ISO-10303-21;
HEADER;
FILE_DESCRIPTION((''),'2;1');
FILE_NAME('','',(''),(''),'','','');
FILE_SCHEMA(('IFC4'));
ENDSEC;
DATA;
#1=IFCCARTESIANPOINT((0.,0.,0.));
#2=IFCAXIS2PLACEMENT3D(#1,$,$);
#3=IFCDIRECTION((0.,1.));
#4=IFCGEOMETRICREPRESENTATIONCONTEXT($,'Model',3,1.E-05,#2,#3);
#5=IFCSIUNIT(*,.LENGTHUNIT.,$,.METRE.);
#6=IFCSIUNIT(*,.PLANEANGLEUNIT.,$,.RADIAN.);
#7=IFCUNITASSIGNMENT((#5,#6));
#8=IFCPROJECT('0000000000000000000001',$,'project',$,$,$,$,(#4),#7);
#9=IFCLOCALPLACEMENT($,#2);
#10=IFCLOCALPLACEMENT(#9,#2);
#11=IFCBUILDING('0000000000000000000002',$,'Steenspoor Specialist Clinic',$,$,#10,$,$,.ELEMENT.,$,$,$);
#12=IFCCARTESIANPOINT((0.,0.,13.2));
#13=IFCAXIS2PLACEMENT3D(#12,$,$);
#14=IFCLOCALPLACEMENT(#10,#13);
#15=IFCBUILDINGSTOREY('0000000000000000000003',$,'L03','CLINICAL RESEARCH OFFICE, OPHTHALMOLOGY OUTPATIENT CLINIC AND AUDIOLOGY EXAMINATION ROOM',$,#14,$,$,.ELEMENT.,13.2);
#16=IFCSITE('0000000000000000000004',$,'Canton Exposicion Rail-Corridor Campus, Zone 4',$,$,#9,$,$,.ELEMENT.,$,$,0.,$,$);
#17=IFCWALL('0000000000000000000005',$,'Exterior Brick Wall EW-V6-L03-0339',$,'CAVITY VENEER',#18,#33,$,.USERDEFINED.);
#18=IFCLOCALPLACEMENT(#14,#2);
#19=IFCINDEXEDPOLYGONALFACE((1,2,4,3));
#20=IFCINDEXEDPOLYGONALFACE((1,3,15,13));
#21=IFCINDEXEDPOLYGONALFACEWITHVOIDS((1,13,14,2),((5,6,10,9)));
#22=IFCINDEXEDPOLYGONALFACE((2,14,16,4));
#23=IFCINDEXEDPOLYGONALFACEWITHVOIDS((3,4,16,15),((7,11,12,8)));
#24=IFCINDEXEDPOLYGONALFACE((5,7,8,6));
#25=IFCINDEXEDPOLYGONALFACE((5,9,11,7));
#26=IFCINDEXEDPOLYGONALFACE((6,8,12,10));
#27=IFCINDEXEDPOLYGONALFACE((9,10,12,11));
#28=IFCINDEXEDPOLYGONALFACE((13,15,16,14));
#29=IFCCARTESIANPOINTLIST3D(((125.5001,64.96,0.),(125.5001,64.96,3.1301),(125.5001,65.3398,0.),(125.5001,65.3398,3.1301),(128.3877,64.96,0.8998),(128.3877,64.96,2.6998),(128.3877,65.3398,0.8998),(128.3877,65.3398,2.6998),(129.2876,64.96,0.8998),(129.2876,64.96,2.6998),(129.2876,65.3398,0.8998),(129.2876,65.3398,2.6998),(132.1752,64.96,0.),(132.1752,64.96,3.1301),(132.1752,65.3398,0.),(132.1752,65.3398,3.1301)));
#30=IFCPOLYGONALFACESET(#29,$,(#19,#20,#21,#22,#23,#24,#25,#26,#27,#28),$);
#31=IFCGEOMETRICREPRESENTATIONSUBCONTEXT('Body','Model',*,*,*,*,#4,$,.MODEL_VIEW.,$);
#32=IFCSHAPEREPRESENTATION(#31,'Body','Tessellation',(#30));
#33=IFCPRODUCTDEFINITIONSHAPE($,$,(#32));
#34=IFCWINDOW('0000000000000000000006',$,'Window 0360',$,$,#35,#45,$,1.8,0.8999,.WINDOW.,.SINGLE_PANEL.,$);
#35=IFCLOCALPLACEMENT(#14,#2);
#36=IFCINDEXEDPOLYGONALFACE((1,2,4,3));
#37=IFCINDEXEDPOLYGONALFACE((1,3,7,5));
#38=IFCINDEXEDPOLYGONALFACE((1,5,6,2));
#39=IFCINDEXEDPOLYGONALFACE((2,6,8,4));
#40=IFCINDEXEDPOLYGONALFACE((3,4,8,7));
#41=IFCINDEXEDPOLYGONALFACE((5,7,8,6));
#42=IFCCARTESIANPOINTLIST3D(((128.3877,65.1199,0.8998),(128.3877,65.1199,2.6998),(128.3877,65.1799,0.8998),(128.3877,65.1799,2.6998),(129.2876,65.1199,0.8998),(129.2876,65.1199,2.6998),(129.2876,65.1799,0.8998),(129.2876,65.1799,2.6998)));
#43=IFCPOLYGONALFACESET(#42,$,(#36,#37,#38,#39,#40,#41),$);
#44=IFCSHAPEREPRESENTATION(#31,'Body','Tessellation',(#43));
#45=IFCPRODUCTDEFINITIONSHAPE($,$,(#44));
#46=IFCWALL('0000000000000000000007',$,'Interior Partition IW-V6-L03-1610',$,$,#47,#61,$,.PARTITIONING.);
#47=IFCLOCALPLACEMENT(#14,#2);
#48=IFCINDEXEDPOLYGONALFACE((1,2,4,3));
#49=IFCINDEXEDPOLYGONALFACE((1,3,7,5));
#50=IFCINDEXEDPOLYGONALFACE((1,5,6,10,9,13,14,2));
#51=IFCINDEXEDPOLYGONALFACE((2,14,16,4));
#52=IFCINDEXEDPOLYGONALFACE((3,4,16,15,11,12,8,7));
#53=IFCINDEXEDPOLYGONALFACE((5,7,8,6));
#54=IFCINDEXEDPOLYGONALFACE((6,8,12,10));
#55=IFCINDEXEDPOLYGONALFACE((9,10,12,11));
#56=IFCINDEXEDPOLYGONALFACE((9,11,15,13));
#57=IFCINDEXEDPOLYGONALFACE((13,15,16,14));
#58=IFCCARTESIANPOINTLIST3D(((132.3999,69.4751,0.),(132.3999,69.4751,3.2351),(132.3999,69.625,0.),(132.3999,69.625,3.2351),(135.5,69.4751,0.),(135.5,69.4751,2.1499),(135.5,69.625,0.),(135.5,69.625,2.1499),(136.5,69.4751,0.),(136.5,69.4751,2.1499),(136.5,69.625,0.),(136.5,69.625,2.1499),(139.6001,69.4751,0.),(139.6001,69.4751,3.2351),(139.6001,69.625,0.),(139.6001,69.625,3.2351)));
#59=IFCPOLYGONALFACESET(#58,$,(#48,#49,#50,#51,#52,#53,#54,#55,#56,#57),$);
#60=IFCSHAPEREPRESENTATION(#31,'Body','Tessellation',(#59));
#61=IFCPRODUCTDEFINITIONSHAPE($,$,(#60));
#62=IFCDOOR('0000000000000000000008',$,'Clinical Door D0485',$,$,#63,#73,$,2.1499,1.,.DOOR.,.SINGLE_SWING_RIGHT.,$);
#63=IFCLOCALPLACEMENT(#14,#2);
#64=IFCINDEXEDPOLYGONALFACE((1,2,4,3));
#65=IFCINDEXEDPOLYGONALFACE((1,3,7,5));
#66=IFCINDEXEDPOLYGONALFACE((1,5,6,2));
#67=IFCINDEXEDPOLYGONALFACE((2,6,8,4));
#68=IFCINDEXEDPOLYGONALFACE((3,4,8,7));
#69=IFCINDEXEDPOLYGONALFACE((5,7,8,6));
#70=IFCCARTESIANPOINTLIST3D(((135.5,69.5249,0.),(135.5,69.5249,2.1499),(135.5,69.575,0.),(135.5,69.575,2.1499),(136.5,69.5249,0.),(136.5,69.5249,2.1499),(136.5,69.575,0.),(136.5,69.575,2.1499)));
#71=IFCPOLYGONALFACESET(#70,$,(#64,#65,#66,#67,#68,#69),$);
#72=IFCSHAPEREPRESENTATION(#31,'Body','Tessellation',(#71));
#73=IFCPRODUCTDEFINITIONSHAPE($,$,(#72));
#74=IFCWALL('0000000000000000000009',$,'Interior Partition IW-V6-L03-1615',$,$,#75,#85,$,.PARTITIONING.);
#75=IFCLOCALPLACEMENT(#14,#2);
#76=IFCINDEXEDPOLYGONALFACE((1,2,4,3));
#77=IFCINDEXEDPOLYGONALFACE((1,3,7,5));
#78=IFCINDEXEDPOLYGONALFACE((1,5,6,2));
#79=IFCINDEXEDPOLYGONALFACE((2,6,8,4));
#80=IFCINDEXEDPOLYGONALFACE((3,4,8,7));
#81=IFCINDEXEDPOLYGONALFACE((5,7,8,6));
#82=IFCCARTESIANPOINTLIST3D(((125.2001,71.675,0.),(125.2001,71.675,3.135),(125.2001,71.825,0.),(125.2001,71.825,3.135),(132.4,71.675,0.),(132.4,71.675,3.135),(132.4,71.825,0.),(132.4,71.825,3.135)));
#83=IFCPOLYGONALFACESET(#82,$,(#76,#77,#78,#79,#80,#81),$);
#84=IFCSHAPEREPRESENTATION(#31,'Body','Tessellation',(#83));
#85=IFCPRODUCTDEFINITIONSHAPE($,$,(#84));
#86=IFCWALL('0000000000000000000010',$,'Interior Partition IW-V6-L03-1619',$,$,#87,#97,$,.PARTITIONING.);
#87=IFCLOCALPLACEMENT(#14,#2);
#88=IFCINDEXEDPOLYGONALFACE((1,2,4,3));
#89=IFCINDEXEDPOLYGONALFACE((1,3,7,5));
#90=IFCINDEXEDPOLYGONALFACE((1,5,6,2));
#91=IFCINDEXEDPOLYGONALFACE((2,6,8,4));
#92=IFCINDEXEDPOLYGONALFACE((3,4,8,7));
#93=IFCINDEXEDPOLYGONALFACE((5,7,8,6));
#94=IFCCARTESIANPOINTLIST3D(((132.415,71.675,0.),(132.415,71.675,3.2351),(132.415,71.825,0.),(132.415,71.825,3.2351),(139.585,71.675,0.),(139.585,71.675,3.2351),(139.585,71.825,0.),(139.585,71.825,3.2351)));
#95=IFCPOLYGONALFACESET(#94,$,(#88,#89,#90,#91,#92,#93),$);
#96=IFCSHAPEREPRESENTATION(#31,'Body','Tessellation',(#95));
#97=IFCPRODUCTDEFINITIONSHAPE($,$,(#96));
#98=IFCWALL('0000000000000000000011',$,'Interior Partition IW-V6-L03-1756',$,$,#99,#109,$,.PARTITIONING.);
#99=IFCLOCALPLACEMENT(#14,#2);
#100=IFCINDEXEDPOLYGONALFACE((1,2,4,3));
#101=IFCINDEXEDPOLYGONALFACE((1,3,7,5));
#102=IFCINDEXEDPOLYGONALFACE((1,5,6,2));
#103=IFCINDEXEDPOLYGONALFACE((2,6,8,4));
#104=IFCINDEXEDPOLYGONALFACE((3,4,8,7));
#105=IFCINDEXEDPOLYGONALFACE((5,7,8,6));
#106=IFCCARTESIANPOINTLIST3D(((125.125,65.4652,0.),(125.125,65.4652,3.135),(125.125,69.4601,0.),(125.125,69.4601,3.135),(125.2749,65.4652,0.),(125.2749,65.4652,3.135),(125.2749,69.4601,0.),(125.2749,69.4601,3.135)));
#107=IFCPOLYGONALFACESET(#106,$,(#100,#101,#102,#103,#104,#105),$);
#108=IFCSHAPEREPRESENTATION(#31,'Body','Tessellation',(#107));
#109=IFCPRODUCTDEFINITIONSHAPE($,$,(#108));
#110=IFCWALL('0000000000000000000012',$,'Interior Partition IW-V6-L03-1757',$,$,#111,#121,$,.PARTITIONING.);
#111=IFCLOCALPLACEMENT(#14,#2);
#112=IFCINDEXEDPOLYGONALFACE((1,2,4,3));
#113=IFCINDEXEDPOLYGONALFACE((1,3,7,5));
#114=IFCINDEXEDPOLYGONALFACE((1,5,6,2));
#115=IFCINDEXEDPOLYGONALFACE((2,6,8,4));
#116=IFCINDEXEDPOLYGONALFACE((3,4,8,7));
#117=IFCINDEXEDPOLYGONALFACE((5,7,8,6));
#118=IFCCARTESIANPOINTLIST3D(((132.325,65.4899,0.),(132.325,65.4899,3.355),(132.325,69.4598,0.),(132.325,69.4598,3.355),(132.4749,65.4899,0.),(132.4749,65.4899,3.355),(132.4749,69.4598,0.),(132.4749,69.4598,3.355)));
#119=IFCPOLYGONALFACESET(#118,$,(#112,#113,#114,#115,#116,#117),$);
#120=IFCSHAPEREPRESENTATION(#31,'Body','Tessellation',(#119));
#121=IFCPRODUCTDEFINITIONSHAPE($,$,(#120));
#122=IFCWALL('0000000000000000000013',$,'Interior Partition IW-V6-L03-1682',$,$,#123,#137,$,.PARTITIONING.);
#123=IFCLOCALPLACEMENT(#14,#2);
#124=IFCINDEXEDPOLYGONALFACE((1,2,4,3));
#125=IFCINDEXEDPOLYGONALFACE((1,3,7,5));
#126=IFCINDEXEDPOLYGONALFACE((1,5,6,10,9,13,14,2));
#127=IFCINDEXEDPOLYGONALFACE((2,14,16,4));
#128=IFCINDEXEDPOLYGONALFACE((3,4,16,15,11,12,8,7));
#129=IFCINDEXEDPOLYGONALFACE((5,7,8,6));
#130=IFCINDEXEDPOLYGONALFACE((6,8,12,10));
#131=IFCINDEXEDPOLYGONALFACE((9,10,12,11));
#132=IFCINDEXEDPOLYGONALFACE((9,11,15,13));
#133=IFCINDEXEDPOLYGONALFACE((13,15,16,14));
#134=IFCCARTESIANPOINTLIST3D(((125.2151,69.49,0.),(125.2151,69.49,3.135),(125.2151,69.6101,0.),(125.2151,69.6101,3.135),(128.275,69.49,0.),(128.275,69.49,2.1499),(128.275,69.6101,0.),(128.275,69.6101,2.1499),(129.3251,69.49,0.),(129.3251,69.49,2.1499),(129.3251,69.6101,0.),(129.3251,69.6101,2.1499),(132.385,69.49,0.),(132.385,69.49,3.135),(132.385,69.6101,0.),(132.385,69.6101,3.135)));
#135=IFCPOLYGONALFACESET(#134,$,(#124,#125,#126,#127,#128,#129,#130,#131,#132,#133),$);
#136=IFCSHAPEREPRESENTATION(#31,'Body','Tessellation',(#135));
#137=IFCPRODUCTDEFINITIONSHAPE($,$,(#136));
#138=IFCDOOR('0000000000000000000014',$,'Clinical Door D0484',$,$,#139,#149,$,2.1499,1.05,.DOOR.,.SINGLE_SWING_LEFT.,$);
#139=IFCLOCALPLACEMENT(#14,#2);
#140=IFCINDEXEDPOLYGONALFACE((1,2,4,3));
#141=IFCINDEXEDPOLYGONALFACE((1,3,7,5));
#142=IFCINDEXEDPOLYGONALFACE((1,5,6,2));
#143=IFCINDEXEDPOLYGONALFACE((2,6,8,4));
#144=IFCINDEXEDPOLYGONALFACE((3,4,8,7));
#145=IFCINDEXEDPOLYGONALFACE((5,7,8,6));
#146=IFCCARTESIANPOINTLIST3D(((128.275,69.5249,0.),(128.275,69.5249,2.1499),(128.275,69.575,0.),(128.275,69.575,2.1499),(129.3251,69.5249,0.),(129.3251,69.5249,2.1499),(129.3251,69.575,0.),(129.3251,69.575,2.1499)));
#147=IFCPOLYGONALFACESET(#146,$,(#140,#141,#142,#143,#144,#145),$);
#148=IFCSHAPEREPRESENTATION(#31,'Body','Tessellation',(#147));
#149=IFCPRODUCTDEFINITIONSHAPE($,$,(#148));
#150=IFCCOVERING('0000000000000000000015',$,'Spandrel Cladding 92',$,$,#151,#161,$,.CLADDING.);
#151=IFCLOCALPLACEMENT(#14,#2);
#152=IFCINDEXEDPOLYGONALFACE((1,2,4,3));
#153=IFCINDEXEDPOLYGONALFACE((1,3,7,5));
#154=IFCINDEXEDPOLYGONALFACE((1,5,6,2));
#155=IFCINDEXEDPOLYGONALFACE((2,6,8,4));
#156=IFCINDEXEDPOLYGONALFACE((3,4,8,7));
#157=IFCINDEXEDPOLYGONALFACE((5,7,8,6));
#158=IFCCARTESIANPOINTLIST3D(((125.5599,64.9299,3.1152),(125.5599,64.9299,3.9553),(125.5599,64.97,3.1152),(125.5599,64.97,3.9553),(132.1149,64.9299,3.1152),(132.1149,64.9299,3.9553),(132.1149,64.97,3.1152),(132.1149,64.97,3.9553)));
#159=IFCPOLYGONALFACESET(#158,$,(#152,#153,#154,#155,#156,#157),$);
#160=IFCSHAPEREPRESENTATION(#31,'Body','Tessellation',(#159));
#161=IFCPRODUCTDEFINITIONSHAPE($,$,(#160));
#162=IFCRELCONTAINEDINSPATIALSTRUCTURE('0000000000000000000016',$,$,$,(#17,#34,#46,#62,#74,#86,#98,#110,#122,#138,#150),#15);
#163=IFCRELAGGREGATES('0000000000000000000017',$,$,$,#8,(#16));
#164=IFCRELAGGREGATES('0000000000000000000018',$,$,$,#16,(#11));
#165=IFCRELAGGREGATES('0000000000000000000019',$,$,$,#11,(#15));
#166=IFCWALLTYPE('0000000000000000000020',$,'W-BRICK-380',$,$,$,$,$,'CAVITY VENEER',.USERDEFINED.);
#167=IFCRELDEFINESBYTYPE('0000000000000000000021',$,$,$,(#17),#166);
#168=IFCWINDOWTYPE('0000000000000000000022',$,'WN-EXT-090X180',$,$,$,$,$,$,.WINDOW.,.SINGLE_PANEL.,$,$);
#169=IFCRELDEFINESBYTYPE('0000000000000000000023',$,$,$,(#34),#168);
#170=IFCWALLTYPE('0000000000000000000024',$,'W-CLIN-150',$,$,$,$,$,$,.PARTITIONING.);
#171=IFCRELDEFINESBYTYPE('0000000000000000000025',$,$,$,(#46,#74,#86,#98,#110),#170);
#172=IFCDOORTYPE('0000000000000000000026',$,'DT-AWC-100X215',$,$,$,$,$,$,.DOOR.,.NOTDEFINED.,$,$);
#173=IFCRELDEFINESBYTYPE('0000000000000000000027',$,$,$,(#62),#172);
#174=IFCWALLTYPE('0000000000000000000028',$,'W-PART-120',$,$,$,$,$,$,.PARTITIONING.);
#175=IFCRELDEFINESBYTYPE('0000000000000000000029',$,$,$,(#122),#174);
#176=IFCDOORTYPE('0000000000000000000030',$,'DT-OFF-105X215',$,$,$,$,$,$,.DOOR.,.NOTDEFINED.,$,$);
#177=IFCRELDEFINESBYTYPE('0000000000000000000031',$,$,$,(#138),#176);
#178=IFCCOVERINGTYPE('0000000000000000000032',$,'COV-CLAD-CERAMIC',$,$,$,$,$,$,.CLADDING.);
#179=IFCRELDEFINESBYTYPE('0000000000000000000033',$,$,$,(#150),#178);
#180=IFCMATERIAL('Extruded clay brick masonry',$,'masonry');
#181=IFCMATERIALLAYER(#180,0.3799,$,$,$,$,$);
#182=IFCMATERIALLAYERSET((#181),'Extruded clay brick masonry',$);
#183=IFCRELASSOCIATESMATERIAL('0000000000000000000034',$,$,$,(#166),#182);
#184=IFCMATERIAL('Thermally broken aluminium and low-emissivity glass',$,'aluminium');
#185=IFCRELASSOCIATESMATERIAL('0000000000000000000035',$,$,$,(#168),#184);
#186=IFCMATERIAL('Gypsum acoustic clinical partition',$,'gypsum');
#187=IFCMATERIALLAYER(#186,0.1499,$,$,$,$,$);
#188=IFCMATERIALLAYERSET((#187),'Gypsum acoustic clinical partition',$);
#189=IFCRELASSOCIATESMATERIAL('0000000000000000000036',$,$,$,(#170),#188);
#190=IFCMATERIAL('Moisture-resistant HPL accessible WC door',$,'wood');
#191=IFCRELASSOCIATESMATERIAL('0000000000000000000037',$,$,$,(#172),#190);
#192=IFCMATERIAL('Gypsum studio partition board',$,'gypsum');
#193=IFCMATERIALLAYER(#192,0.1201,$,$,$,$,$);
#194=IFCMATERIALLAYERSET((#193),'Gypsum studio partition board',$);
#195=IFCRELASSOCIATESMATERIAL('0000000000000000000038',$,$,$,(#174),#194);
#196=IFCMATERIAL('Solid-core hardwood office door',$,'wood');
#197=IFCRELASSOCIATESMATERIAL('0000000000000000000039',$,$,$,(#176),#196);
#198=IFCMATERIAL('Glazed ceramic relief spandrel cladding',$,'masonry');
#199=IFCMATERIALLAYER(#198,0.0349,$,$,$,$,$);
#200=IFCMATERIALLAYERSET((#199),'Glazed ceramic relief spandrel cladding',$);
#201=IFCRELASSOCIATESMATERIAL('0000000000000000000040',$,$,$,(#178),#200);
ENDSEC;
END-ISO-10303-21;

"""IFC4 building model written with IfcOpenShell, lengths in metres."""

from ifc_helpers import new_model, si_unit, direction, frame, frame_2d, origin, origin_2d, place, context, subcontext, project, spatial, rectangle, extrude, material, layer, layer_set, type_object, element, fill, save


model = new_model("IFC4")

# Units and contexts
model_context = context("Model", 3, precision=1e-05, world=origin(), true_north=direction((0.0, 1.0)))
body_context = subcontext(model_context, "Body", "Model", "MODEL_VIEW")
ifc_project = project(units=[si_unit("LENGTHUNIT", "METRE"), si_unit("PLANEANGLEUNIT", "RADIAN")], contexts=[model_context])

# Site, building, storey
site_placement = place(None, origin())
site = spatial("IfcSite", under=ifc_project, at=site_placement, Name="Canton Exposicion Rail-Corridor Campus, Zone 4", CompositionType="ELEMENT", RefElevation=0.0)
building_placement = place(site_placement, origin())
building = spatial("IfcBuilding", under=site, at=building_placement, Name="Steenspoor Specialist Clinic", CompositionType="ELEMENT")
storey_placement = place(building_placement, frame((0.0, 0.0, 13.2)))
storey = spatial("IfcBuildingStorey", under=building, at=storey_placement, Name="L03", Description="CLINICAL RESEARCH OFFICE, OPHTHALMOLOGY OUTPATIENT CLINIC AND AUDIOLOGY EXAMINATION ROOM", CompositionType="ELEMENT", Elevation=13.2)

# Shared definitions
ifc_material_1 = material(Name="Thermally broken aluminium and low-emissivity glass", Category="aluminium")

# Wall, opening, window
ifc_material_2 = material(Name="Extruded clay brick masonry", Category="masonry")
ifc_layer_1 = layer(ifc_material_2, 0.3799)
ifc_layer_set_1 = layer_set([ifc_layer_1], Name="Extruded clay brick masonry")
wall_type_1 = type_object("IfcWallType", Name="W-BRICK-380", ElementType="CAVITY VENEER", PredefinedType="USERDEFINED", material=ifc_layer_set_1)
wall_1_placement = place(storey_placement, frame((132.175, 65.1499, 0.0), z_axis=(0.0, 0.0, 1.0), x_axis=(-1.0, 0.0, 0.0)))
wall_1 = element("IfcWall", 1, at=wall_1_placement, inside=storey, type_object=wall_type_1, Name="Exterior Brick Wall EW-V6-L03-0339", ObjectType="CAVITY VENEER", PredefinedType="USERDEFINED", context=body_context, shape_type="SweptSolid", body=[
    extrude(rectangle(XDim=6.675, YDim=0.3799, at=frame_2d((3.3374, 0.0))), origin(), (0.0, 0.0, 1.0), 3.1301),
])
opening_1_placement = place(wall_1_placement, frame((2.8875, 0.0, 0.8999)))
opening_1 = element("IfcOpeningElement", 2, at=opening_1_placement, cuts=wall_1, PredefinedType="OPENING", context=body_context, shape_type="SweptSolid", body=[
    extrude(rectangle(XDim=0.8999, YDim=1.8, at=frame_2d((0.45, 0.8999))), frame((0.0, 0.2, 0.0), z_axis=(0.0, -1.0, 0.0), x_axis=(1.0, 0.0, 0.0)), (0.0, 0.0, 1.0), 0.3999),
])
window_type = type_object("IfcWindowType", Name="WN-EXT-090X180", PartitioningType="SINGLE_PANEL", PredefinedType="WINDOW", material=ifc_material_1)
window_placement = place(opening_1_placement, origin())
window = element("IfcWindow", 3, at=window_placement, inside=storey, type_object=window_type, Name="Window 0360", OverallHeight=1.8, OverallWidth=0.8999, PartitioningType="SINGLE_PANEL", PredefinedType="WINDOW", context=body_context, shape_type="SweptSolid", body=[
    extrude(rectangle(XDim=0.8999, YDim=1.8, at=frame_2d((0.45, 0.8999))), frame((0.0, 0.03, 0.0), z_axis=(0.0, -1.0, 0.0), x_axis=(1.0, 0.0, 0.0)), (0.0, 0.0, 1.0), 0.0601),
])
fill(opening_1, window)

# Wall, opening, door
ifc_material_3 = material(Name="Gypsum acoustic clinical partition", Category="gypsum")
ifc_layer_2 = layer(ifc_material_3, 0.1499)
ifc_layer_set_2 = layer_set([ifc_layer_2], Name="Gypsum acoustic clinical partition")
wall_type_2 = type_object("IfcWallType", Name="W-CLIN-150", PredefinedType="PARTITIONING", material=ifc_layer_set_2)
wall_2_placement = place(storey_placement, frame((132.3999, 69.55, 0.0), z_axis=(0.0, 0.0, 1.0), x_axis=(1.0, 0.0, 0.0)))
wall_2 = element("IfcWall", 4, at=wall_2_placement, inside=storey, type_object=wall_type_2, Name="Interior Partition IW-V6-L03-1610", PredefinedType="PARTITIONING", context=body_context, shape_type="SweptSolid", body=[
    extrude(rectangle(XDim=7.2002, YDim=0.1499, at=frame_2d((3.6001, 0.0))), origin(), (0.0, 0.0, 1.0), 3.2351),
])
opening_2_placement = place(wall_2_placement, frame((3.1001, 0.0, 0.0)))
opening_2 = element("IfcOpeningElement", 5, at=opening_2_placement, cuts=wall_2, PredefinedType="OPENING", context=body_context, shape_type="SweptSolid", body=[
    extrude(rectangle(XDim=1.0, YDim=2.1499, at=frame_2d((0.5, 1.075))), frame((0.0, 0.085, 0.0), z_axis=(0.0, -1.0, 0.0), x_axis=(1.0, 0.0, 0.0)), (0.0, 0.0, 1.0), 0.1699),
])
ifc_material_4 = material(Name="Moisture-resistant HPL accessible WC door", Category="wood")
door_type_1 = type_object("IfcDoorType", Name="DT-AWC-100X215", OperationType="NOTDEFINED", PredefinedType="DOOR", material=ifc_material_4)
door_1_placement = place(opening_2_placement, origin())
door_1 = element("IfcDoor", 6, at=door_1_placement, inside=storey, type_object=door_type_1, Name="Clinical Door D0485", OperationType="SINGLE_SWING_RIGHT", OverallHeight=2.1499, OverallWidth=1.0, PredefinedType="DOOR", context=body_context, shape_type="SweptSolid", body=[
    extrude(rectangle(XDim=1.0, YDim=2.1499, at=frame_2d((0.5, 1.075))), frame((0.0, 0.0249, 0.0), z_axis=(0.0, -1.0, 0.0), x_axis=(1.0, 0.0, 0.0)), (0.0, 0.0, 1.0), 0.05),
])
fill(opening_2, door_1)

# Walls
wall_3_placement = place(storey_placement, frame((125.2, 71.75, 0.0), z_axis=(0.0, 0.0, 1.0), x_axis=(1.0, 0.0, 0.0)))
element("IfcWall", 7, at=wall_3_placement, inside=storey, type_object=wall_type_2, Name="Interior Partition IW-V6-L03-1615", PredefinedType="PARTITIONING", context=body_context, shape_type="SweptSolid", body=[
    extrude(rectangle(XDim=7.2, YDim=0.1499, at=frame_2d((3.6001, 0.0))), origin(), (0.0, 0.0, 1.0), 3.135),
])
wall_4_placement = place(storey_placement, frame((132.415, 71.75, 0.0), z_axis=(0.0, 0.0, 1.0), x_axis=(1.0, 0.0, 0.0)))
element("IfcWall", 8, at=wall_4_placement, inside=storey, type_object=wall_type_2, Name="Interior Partition IW-V6-L03-1619", PredefinedType="PARTITIONING", context=body_context, shape_type="SweptSolid", body=[
    extrude(rectangle(XDim=7.1699, YDim=0.1499, at=frame_2d((3.585, 0.0))), origin(), (0.0, 0.0, 1.0), 3.2351),
])
wall_5_placement = place(storey_placement, frame((125.2, 65.4651, 0.0), z_axis=(0.0, 0.0, 1.0), x_axis=(0.0, 1.0, 0.0)))
element("IfcWall", 9, at=wall_5_placement, inside=storey, type_object=wall_type_2, Name="Interior Partition IW-V6-L03-1756", PredefinedType="PARTITIONING", context=body_context, shape_type="SweptSolid", body=[
    extrude(rectangle(XDim=3.9949, YDim=0.1499, at=frame_2d((1.9976, 0.0))), origin(), (0.0, 0.0, 1.0), 3.135),
])
wall_6_placement = place(storey_placement, frame((132.3999, 65.49, 0.0), z_axis=(0.0, 0.0, 1.0), x_axis=(0.0, 1.0, 0.0)))
element("IfcWall", 10, at=wall_6_placement, inside=storey, type_object=wall_type_2, Name="Interior Partition IW-V6-L03-1757", PredefinedType="PARTITIONING", context=body_context, shape_type="SweptSolid", body=[
    extrude(rectangle(XDim=3.97, YDim=0.1499, at=frame_2d((1.9849, 0.0))), origin(), (0.0, 0.0, 1.0), 3.355),
])

# Wall, opening, door
ifc_material_5 = material(Name="Gypsum studio partition board", Category="gypsum")
ifc_layer_3 = layer(ifc_material_5, 0.1201)
ifc_layer_set_3 = layer_set([ifc_layer_3], Name="Gypsum studio partition board")
wall_type_3 = type_object("IfcWallType", Name="W-PART-120", PredefinedType="PARTITIONING", material=ifc_layer_set_3)
wall_7_placement = place(storey_placement, frame((125.2151, 69.55, 0.0), z_axis=(0.0, 0.0, 1.0), x_axis=(1.0, 0.0, 0.0)))
wall_7 = element("IfcWall", 11, at=wall_7_placement, inside=storey, type_object=wall_type_3, Name="Interior Partition IW-V6-L03-1682", PredefinedType="PARTITIONING", context=body_context, shape_type="SweptSolid", body=[
    extrude(rectangle(XDim=7.1699, YDim=0.1201, at=frame_2d((3.585, 0.0))), origin(), (0.0, 0.0, 1.0), 3.135),
])
opening_3_placement = place(wall_7_placement, frame((3.0601, 0.0, 0.0)))
opening_3 = element("IfcOpeningElement", 12, at=opening_3_placement, cuts=wall_7, PredefinedType="OPENING", context=body_context, shape_type="SweptSolid", body=[
    extrude(rectangle(XDim=1.05, YDim=2.1499, at=frame_2d((0.5249, 1.075))), frame((0.0, 0.0701, 0.0), z_axis=(0.0, -1.0, 0.0), x_axis=(1.0, 0.0, 0.0)), (0.0, 0.0, 1.0), 0.1401),
])
ifc_material_6 = material(Name="Solid-core hardwood office door", Category="wood")
door_type_2 = type_object("IfcDoorType", Name="DT-OFF-105X215", OperationType="NOTDEFINED", PredefinedType="DOOR", material=ifc_material_6)
door_2_placement = place(opening_3_placement, origin())
door_2 = element("IfcDoor", 13, at=door_2_placement, inside=storey, type_object=door_type_2, Name="Clinical Door D0484", OperationType="SINGLE_SWING_LEFT", OverallHeight=2.1499, OverallWidth=1.05, PredefinedType="DOOR", context=body_context, shape_type="SweptSolid", body=[
    extrude(rectangle(XDim=1.05, YDim=2.1499, at=frame_2d((0.5249, 1.075))), frame((0.0, 0.0249, 0.0), z_axis=(0.0, -1.0, 0.0), x_axis=(1.0, 0.0, 0.0)), (0.0, 0.0, 1.0), 0.05),
])
fill(opening_3, door_2)

# Covering
ifc_material_7 = material(Name="Glazed ceramic relief spandrel cladding", Category="masonry")
ifc_layer_4 = layer(ifc_material_7, 0.0349)
ifc_layer_set_4 = layer_set([ifc_layer_4], Name="Glazed ceramic relief spandrel cladding")
covering_type = type_object("IfcCoveringType", Name="COV-CLAD-CERAMIC", PredefinedType="CLADDING", material=ifc_layer_set_4)
covering_placement = place(storey_placement, frame((128.8374, 64.95, 3.1152), z_axis=(0.0, 0.0, 1.0), x_axis=(-1.0, 0.0, 0.0)))
element("IfcCovering", 14, at=covering_placement, inside=storey, type_object=covering_type, Name="Spandrel Cladding 92", PredefinedType="CLADDING", context=body_context, shape_type="SweptSolid", body=[
    extrude(rectangle(XDim=6.5549, YDim=0.04, at=origin_2d()), origin(), (0.0, 0.0, 1.0), 0.8401),
])

save(model, "model.ifc")
